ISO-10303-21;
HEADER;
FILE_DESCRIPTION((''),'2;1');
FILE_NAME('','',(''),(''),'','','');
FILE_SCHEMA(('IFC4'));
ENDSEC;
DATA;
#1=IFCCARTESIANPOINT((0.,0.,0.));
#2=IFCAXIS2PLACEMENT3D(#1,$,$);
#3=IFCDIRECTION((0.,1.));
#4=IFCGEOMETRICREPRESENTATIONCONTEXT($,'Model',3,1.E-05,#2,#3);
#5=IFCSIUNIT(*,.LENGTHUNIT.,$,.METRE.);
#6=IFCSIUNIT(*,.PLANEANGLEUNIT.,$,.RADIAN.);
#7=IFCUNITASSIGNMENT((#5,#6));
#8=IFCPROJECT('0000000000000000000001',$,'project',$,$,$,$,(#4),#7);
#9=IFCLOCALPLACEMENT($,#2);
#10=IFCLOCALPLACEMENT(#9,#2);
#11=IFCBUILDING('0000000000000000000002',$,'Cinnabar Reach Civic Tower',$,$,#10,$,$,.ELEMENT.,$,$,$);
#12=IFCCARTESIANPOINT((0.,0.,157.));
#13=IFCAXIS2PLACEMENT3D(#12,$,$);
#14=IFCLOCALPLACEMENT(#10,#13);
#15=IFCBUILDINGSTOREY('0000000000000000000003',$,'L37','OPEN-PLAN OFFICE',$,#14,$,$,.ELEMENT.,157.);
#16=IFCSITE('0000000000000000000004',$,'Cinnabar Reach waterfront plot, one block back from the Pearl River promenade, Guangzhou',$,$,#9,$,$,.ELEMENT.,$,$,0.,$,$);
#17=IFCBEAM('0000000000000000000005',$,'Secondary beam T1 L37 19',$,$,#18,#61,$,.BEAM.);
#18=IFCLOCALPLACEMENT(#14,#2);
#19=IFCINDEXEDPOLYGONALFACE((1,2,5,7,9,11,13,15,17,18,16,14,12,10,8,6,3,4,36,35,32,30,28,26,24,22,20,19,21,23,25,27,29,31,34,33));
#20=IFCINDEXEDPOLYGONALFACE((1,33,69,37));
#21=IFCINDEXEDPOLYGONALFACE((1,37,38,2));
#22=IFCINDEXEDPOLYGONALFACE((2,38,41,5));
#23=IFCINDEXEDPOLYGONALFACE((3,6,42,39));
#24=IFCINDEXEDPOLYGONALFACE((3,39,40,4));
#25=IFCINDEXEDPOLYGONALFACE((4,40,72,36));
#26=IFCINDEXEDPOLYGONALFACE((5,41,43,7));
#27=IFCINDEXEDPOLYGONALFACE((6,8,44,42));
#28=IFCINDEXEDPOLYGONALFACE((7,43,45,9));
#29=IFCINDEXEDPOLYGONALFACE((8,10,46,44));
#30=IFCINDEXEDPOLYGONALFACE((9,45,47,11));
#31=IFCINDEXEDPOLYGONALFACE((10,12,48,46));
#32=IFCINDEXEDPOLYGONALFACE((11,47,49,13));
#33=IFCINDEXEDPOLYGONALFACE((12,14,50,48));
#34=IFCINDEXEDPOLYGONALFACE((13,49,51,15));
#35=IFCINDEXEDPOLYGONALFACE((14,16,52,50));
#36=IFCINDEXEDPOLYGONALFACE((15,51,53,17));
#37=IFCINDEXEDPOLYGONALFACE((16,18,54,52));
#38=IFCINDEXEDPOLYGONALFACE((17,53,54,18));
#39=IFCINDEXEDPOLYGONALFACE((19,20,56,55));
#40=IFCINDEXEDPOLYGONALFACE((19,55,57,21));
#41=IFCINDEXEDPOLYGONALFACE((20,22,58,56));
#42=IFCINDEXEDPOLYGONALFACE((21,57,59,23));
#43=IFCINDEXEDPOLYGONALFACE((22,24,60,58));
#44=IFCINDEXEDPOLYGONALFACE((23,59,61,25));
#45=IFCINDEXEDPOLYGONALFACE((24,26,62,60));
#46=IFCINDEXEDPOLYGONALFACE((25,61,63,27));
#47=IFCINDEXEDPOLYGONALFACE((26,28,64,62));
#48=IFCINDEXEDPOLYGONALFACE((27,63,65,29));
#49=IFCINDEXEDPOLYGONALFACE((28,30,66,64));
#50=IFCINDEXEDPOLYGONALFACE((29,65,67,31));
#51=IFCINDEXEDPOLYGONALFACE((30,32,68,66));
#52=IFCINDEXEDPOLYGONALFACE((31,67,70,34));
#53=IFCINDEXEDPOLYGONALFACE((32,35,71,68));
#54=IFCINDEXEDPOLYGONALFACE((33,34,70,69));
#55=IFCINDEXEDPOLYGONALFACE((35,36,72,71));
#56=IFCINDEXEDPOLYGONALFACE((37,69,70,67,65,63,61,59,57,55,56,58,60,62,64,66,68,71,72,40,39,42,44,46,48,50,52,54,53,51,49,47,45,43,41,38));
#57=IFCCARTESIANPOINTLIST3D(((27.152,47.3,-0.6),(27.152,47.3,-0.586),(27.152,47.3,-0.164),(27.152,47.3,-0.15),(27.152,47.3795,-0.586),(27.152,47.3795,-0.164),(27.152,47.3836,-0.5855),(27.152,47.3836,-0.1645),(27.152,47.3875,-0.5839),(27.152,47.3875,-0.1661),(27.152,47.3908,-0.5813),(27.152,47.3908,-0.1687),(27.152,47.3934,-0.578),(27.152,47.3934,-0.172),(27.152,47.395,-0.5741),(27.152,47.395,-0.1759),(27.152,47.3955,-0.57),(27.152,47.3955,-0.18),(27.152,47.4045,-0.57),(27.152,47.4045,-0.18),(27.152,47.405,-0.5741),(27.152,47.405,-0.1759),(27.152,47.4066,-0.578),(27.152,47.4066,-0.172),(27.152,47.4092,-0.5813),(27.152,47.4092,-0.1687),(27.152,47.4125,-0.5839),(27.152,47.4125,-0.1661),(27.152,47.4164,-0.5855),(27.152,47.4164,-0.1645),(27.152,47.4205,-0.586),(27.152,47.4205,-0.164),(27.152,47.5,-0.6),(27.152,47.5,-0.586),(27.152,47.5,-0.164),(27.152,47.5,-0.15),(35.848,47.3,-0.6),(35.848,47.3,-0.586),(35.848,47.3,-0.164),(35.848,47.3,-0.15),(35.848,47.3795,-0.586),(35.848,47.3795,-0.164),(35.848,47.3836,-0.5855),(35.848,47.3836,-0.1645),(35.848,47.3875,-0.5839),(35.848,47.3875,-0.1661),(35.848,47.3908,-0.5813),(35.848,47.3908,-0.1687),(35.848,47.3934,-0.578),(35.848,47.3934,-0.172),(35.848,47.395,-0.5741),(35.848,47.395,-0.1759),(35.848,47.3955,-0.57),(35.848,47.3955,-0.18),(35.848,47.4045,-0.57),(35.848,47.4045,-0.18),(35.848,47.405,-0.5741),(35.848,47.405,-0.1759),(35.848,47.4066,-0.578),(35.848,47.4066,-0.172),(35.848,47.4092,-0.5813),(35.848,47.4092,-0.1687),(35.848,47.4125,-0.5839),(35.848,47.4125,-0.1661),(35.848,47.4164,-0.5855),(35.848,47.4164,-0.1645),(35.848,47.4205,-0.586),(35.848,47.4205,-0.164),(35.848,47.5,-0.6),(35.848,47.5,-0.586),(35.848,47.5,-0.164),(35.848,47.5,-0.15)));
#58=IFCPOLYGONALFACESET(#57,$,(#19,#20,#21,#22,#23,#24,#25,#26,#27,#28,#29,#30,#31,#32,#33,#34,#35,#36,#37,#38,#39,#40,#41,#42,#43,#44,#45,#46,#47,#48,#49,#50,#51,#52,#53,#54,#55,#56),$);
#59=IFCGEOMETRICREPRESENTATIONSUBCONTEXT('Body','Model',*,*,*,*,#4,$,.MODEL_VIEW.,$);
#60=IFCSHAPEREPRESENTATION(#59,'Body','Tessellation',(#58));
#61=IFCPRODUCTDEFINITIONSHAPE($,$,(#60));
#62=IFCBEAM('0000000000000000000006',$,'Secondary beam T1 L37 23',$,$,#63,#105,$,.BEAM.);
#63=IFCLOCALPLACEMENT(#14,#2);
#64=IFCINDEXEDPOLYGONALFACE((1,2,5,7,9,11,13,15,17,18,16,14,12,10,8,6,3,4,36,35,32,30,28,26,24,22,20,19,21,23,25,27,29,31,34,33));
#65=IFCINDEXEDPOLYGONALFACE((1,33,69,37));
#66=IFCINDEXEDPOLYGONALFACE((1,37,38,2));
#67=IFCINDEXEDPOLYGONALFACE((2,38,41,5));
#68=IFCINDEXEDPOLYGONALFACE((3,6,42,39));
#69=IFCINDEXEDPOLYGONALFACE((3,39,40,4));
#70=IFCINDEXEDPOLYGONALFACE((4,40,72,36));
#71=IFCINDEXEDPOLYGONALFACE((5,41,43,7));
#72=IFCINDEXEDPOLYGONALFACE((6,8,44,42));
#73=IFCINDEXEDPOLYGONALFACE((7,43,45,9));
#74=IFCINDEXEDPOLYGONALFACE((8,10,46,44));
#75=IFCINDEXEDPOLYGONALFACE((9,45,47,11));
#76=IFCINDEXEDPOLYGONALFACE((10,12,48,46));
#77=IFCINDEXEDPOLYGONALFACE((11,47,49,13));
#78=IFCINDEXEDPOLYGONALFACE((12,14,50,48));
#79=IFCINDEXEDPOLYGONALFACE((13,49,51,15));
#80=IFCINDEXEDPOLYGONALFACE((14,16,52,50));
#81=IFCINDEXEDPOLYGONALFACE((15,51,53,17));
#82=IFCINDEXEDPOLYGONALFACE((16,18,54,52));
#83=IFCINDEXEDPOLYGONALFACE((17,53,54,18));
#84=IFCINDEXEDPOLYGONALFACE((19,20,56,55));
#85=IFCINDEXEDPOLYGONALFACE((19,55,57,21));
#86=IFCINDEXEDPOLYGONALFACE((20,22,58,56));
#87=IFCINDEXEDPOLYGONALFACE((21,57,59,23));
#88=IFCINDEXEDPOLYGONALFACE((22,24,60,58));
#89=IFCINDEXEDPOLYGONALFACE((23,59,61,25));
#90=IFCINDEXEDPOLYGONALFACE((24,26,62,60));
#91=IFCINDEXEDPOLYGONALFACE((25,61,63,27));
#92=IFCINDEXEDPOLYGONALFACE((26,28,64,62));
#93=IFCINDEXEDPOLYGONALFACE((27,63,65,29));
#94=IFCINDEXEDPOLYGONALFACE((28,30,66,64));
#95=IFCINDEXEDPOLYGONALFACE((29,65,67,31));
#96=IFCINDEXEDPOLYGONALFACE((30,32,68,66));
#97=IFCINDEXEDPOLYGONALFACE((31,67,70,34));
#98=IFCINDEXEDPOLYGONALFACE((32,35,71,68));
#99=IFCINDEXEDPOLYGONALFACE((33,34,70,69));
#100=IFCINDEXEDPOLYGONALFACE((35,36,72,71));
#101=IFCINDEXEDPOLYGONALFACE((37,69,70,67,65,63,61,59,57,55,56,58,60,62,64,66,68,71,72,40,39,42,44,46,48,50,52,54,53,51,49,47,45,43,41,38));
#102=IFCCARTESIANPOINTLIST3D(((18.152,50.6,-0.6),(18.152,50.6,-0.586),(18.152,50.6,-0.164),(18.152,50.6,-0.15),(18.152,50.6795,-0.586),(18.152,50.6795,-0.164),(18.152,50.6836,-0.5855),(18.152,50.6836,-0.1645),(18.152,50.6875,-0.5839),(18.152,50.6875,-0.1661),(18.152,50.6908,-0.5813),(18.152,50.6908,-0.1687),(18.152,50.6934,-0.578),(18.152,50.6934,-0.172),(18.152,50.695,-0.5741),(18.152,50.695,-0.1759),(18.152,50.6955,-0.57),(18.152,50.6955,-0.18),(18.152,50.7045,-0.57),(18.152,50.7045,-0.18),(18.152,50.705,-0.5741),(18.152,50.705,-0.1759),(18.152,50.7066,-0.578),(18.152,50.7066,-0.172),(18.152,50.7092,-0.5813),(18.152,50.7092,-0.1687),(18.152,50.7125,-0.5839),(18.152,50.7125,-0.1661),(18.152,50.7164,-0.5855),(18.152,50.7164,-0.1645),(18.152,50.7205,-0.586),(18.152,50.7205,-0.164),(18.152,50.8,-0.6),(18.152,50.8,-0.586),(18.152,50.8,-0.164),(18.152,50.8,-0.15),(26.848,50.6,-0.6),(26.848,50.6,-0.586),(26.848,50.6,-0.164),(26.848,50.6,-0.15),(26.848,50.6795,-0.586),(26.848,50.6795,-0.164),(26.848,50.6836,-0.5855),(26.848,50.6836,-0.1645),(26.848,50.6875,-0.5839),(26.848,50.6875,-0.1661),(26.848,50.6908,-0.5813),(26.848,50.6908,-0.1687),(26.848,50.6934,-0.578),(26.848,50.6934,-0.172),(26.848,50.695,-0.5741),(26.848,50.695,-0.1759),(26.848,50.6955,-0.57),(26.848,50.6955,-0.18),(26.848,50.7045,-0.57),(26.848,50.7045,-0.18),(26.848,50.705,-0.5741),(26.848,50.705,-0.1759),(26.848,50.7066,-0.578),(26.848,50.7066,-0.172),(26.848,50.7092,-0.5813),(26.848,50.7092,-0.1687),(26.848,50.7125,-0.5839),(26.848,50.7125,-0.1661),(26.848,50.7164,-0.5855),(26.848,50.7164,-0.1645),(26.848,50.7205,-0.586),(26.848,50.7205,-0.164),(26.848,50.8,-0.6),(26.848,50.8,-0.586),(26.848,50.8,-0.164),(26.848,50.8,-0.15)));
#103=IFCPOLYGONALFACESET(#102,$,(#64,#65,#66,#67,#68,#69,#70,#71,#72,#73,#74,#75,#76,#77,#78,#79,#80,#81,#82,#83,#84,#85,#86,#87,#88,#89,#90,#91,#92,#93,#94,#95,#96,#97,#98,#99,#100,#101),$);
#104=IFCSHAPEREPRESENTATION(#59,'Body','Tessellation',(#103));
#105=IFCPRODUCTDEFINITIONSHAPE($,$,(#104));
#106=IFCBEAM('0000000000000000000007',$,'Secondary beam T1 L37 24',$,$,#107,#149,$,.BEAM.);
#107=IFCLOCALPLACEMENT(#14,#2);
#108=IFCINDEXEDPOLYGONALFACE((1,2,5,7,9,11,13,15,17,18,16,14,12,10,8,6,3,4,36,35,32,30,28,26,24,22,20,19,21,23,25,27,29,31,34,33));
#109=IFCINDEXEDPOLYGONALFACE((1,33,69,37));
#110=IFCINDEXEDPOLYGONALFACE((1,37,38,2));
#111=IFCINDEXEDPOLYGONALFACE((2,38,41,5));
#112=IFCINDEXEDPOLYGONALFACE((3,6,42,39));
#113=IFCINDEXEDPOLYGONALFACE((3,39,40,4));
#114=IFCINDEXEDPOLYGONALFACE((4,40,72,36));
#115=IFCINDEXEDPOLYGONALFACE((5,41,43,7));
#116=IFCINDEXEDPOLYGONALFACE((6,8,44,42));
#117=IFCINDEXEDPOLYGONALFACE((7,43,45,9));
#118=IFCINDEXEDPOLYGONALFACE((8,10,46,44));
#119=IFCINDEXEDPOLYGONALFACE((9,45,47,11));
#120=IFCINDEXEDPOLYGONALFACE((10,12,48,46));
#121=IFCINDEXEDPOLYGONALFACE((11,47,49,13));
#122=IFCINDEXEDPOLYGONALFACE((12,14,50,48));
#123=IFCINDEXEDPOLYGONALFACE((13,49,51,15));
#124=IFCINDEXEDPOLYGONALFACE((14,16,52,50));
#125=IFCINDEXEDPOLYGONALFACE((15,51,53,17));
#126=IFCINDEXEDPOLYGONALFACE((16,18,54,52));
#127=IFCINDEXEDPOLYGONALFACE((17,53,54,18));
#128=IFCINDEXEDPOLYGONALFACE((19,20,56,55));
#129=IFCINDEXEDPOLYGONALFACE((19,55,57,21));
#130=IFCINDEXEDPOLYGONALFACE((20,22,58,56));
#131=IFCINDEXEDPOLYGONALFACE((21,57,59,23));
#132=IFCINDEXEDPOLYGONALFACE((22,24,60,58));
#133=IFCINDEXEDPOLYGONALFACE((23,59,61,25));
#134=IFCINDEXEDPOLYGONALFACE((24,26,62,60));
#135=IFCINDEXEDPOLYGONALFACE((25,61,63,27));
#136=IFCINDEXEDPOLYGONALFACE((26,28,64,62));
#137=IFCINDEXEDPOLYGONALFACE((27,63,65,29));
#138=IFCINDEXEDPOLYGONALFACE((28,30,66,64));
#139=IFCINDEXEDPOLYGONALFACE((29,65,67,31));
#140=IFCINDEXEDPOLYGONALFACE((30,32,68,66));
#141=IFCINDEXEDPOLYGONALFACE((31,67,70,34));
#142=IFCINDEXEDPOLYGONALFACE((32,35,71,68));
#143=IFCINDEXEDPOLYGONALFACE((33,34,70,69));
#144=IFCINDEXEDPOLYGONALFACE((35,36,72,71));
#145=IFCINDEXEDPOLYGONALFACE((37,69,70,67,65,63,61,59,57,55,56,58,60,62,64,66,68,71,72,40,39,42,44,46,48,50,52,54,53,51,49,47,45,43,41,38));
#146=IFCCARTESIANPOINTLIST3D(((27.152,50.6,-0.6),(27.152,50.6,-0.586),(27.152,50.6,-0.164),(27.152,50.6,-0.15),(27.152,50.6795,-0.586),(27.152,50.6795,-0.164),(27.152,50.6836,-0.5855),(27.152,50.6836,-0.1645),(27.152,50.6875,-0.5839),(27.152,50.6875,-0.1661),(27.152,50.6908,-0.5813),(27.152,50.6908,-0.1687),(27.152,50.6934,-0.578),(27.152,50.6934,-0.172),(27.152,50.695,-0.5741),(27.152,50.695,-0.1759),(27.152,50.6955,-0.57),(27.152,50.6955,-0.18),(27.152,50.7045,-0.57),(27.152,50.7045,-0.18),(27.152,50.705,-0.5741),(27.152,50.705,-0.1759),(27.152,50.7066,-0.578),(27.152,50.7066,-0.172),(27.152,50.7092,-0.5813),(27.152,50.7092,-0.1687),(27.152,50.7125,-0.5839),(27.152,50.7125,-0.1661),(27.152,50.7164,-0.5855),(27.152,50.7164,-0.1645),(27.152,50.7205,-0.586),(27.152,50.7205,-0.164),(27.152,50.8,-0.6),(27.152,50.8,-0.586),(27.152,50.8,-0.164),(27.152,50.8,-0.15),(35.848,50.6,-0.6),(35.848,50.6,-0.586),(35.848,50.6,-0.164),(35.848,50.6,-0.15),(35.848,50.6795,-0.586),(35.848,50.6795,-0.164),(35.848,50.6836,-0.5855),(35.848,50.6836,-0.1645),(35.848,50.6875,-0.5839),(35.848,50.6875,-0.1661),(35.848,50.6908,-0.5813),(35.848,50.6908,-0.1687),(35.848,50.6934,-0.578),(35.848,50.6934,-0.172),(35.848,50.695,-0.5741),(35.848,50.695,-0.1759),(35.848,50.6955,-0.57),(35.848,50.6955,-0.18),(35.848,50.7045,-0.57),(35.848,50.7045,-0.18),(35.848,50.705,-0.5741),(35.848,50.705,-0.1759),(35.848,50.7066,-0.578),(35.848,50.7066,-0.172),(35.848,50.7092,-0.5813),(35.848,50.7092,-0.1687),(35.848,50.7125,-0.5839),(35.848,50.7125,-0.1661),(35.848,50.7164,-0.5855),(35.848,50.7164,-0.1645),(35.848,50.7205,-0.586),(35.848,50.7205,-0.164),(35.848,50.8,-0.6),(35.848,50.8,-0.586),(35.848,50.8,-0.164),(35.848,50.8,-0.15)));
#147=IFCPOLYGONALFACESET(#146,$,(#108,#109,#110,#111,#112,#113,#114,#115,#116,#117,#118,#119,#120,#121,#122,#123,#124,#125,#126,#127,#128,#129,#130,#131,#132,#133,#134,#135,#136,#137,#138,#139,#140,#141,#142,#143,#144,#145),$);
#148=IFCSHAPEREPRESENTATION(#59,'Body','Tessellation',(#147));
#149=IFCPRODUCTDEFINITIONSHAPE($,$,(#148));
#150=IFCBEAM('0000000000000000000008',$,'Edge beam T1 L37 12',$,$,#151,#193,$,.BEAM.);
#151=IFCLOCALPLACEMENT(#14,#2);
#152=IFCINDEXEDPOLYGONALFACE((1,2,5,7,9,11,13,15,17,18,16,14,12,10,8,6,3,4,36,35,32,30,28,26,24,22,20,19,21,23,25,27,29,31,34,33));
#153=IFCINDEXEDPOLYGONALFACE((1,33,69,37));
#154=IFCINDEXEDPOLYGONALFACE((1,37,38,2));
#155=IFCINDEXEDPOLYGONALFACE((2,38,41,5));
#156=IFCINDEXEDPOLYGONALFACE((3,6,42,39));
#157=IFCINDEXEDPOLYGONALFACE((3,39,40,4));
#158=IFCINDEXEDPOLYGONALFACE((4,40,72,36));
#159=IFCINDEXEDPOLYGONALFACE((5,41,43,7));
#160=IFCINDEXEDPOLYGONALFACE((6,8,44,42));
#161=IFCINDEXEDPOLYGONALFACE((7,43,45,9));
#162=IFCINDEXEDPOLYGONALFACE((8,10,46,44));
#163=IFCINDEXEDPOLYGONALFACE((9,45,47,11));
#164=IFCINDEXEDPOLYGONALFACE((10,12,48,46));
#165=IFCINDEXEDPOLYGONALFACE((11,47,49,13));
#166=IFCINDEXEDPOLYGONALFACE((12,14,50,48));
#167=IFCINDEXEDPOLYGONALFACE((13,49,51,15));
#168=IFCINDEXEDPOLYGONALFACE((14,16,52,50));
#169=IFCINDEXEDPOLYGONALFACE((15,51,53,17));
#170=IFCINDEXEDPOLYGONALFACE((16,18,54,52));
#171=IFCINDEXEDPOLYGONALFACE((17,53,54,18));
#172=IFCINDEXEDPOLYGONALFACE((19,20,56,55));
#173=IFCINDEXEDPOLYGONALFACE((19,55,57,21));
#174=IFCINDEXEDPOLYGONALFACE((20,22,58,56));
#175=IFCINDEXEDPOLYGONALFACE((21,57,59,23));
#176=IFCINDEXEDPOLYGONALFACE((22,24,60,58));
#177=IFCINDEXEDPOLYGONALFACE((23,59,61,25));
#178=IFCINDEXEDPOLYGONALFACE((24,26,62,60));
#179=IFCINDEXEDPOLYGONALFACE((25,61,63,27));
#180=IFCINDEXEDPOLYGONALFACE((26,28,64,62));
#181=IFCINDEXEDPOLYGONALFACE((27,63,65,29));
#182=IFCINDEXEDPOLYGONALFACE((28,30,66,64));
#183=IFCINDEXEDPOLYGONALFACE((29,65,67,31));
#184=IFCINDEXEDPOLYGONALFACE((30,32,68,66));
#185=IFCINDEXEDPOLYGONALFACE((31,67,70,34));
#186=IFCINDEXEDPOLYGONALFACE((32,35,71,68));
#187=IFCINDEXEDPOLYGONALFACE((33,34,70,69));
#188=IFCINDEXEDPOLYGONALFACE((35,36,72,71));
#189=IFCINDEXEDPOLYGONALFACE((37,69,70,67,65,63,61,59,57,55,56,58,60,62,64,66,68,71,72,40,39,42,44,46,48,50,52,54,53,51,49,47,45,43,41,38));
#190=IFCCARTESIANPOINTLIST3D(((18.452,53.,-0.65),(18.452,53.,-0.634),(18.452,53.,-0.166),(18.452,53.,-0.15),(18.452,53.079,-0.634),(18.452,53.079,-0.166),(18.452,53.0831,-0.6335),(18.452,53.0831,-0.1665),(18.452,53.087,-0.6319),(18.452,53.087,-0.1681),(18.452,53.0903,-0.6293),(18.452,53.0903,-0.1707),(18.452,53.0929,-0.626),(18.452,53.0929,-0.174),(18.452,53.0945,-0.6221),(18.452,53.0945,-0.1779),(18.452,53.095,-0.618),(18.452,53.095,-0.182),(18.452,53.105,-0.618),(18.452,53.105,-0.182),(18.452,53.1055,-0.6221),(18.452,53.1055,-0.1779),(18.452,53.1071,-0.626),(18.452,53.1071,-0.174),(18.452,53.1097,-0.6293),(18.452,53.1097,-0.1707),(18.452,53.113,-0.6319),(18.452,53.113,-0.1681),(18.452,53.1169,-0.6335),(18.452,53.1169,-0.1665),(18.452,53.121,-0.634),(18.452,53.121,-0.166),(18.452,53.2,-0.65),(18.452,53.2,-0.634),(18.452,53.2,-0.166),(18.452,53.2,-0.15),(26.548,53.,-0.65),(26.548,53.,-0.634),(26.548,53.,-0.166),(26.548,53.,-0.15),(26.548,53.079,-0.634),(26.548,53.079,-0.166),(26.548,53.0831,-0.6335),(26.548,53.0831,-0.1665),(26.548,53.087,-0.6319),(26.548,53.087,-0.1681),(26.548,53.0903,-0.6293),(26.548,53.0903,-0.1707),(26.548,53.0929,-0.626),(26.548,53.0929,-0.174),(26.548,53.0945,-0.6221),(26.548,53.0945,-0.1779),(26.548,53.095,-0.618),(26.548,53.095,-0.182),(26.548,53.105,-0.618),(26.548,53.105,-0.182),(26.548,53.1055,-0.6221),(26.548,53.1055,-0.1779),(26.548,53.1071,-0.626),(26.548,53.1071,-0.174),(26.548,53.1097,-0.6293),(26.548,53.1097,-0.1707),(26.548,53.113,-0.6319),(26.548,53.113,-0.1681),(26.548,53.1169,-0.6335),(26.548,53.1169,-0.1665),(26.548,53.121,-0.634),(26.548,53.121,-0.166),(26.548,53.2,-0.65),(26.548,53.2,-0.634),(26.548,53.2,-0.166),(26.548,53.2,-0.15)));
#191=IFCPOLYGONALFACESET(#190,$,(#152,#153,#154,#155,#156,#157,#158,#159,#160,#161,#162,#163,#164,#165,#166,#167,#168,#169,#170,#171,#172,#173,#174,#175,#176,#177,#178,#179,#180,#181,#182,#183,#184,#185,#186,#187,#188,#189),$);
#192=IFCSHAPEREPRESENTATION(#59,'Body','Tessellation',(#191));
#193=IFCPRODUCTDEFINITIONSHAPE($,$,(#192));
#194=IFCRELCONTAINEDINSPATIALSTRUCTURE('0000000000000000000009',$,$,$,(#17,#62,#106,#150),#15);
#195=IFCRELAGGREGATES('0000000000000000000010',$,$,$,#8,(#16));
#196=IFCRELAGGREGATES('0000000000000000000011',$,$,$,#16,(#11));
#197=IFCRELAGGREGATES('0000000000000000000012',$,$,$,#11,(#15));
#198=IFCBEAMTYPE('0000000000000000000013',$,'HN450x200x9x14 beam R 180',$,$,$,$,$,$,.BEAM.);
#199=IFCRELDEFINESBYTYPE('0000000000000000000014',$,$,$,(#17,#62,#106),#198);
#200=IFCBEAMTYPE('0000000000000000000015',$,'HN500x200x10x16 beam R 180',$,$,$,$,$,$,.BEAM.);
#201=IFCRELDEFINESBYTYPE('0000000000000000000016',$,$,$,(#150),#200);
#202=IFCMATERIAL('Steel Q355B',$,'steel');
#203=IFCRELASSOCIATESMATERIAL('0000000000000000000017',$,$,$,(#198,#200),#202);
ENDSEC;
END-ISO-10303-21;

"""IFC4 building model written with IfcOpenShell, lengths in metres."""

from ifc_helpers import new_model, si_unit, direction, frame, origin, origin_2d, place, context, subcontext, project, spatial, i_section, extrude, material, material_profile, profile_set, type_object, element, save


model = new_model("IFC4")

# Units and contexts
model_context = context("Model", 3, precision=1e-05, world=origin(), true_north=direction((0.0, 1.0)))
body_context = subcontext(model_context, "Body", "Model", "MODEL_VIEW")
ifc_project = project(units=[si_unit("LENGTHUNIT", "METRE"), si_unit("PLANEANGLEUNIT", "RADIAN")], contexts=[model_context])

# Site, building, storey
site_placement = place(None, origin())
site = spatial("IfcSite", under=ifc_project, at=site_placement, Name="Cinnabar Reach waterfront plot, one block back from the Pearl River promenade, Guangzhou", CompositionType="ELEMENT", RefElevation=0.0)
building_placement = place(site_placement, origin())
building = spatial("IfcBuilding", under=site, at=building_placement, Name="Cinnabar Reach Civic Tower", CompositionType="ELEMENT")
storey_placement = place(building_placement, frame((0.0, 0.0, 157.0)))
storey = spatial("IfcBuildingStorey", under=building, at=storey_placement, Name="L37", Description="OPEN-PLAN OFFICE", CompositionType="ELEMENT", Elevation=157.0)

# Beams
ifc_material_1 = material(Name="Steel Q355B", Category="steel")
ifc_material_profile_1 = material_profile(ifc_material_1, i_section(OverallWidth=0.2, OverallDepth=0.45, WebThickness=0.009, FlangeThickness=0.014, FilletRadius=0.016, at=origin_2d()), Name="HN450x200x9x14")
ifc_profile_set_1 = profile_set([ifc_material_profile_1], Name="Steel Q355B")
beam_type_1 = type_object("IfcBeamType", Name="HN450x200x9x14 beam R 180", PredefinedType="BEAM", material=ifc_profile_set_1)
for number, where, z_axis, x_axis, name in (
    (1, (27.152, 47.4, -0.375), (1.0, 0.0, 0.0), (0.0, 1.0, 0.0), "Secondary beam T1 L37 19"),
    (2, (18.152, 50.7, -0.375), (1.0, 0.0, 0.0), (0.0, 1.0, 0.0), "Secondary beam T1 L37 23"),
    (3, (27.152, 50.7, -0.375), (1.0, 0.0, 0.0), (0.0, 1.0, 0.0), "Secondary beam T1 L37 24"),
):
    element("IfcBeam", number, at=place(storey_placement, frame(where, z_axis=z_axis, x_axis=x_axis)), inside=storey, type_object=beam_type_1, Name=name, PredefinedType="BEAM", context=body_context, shape_type="SweptSolid", body=[
        extrude(i_section(OverallWidth=0.2, OverallDepth=0.45, WebThickness=0.009, FlangeThickness=0.014, FilletRadius=0.016, at=origin_2d()), origin(), (0.0, 0.0, 1.0), 8.696),
    ])
ifc_material_profile_2 = material_profile(ifc_material_1, i_section(OverallWidth=0.2, OverallDepth=0.5, WebThickness=0.01, FlangeThickness=0.016, FilletRadius=0.016, at=origin_2d()), Name="HN500x200x10x16")
ifc_profile_set_2 = profile_set([ifc_material_profile_2], Name="Steel Q355B")
beam_type_2 = type_object("IfcBeamType", Name="HN500x200x10x16 beam R 180", PredefinedType="BEAM", material=ifc_profile_set_2)
beam_1_placement = place(storey_placement, frame((26.548, 53.1, -0.4), z_axis=(-1.0, 0.0, 0.0), x_axis=(0.0, -1.0, 0.0)))
element("IfcBeam", 4, at=beam_1_placement, inside=storey, type_object=beam_type_2, Name="Edge beam T1 L37 12", PredefinedType="BEAM", context=body_context, shape_type="SweptSolid", body=[
    extrude(i_section(OverallWidth=0.2, OverallDepth=0.5, WebThickness=0.01, FlangeThickness=0.016, FilletRadius=0.016, at=origin_2d()), origin(), (0.0, 0.0, 1.0), 8.096),
])

save(model, "model.ifc")
